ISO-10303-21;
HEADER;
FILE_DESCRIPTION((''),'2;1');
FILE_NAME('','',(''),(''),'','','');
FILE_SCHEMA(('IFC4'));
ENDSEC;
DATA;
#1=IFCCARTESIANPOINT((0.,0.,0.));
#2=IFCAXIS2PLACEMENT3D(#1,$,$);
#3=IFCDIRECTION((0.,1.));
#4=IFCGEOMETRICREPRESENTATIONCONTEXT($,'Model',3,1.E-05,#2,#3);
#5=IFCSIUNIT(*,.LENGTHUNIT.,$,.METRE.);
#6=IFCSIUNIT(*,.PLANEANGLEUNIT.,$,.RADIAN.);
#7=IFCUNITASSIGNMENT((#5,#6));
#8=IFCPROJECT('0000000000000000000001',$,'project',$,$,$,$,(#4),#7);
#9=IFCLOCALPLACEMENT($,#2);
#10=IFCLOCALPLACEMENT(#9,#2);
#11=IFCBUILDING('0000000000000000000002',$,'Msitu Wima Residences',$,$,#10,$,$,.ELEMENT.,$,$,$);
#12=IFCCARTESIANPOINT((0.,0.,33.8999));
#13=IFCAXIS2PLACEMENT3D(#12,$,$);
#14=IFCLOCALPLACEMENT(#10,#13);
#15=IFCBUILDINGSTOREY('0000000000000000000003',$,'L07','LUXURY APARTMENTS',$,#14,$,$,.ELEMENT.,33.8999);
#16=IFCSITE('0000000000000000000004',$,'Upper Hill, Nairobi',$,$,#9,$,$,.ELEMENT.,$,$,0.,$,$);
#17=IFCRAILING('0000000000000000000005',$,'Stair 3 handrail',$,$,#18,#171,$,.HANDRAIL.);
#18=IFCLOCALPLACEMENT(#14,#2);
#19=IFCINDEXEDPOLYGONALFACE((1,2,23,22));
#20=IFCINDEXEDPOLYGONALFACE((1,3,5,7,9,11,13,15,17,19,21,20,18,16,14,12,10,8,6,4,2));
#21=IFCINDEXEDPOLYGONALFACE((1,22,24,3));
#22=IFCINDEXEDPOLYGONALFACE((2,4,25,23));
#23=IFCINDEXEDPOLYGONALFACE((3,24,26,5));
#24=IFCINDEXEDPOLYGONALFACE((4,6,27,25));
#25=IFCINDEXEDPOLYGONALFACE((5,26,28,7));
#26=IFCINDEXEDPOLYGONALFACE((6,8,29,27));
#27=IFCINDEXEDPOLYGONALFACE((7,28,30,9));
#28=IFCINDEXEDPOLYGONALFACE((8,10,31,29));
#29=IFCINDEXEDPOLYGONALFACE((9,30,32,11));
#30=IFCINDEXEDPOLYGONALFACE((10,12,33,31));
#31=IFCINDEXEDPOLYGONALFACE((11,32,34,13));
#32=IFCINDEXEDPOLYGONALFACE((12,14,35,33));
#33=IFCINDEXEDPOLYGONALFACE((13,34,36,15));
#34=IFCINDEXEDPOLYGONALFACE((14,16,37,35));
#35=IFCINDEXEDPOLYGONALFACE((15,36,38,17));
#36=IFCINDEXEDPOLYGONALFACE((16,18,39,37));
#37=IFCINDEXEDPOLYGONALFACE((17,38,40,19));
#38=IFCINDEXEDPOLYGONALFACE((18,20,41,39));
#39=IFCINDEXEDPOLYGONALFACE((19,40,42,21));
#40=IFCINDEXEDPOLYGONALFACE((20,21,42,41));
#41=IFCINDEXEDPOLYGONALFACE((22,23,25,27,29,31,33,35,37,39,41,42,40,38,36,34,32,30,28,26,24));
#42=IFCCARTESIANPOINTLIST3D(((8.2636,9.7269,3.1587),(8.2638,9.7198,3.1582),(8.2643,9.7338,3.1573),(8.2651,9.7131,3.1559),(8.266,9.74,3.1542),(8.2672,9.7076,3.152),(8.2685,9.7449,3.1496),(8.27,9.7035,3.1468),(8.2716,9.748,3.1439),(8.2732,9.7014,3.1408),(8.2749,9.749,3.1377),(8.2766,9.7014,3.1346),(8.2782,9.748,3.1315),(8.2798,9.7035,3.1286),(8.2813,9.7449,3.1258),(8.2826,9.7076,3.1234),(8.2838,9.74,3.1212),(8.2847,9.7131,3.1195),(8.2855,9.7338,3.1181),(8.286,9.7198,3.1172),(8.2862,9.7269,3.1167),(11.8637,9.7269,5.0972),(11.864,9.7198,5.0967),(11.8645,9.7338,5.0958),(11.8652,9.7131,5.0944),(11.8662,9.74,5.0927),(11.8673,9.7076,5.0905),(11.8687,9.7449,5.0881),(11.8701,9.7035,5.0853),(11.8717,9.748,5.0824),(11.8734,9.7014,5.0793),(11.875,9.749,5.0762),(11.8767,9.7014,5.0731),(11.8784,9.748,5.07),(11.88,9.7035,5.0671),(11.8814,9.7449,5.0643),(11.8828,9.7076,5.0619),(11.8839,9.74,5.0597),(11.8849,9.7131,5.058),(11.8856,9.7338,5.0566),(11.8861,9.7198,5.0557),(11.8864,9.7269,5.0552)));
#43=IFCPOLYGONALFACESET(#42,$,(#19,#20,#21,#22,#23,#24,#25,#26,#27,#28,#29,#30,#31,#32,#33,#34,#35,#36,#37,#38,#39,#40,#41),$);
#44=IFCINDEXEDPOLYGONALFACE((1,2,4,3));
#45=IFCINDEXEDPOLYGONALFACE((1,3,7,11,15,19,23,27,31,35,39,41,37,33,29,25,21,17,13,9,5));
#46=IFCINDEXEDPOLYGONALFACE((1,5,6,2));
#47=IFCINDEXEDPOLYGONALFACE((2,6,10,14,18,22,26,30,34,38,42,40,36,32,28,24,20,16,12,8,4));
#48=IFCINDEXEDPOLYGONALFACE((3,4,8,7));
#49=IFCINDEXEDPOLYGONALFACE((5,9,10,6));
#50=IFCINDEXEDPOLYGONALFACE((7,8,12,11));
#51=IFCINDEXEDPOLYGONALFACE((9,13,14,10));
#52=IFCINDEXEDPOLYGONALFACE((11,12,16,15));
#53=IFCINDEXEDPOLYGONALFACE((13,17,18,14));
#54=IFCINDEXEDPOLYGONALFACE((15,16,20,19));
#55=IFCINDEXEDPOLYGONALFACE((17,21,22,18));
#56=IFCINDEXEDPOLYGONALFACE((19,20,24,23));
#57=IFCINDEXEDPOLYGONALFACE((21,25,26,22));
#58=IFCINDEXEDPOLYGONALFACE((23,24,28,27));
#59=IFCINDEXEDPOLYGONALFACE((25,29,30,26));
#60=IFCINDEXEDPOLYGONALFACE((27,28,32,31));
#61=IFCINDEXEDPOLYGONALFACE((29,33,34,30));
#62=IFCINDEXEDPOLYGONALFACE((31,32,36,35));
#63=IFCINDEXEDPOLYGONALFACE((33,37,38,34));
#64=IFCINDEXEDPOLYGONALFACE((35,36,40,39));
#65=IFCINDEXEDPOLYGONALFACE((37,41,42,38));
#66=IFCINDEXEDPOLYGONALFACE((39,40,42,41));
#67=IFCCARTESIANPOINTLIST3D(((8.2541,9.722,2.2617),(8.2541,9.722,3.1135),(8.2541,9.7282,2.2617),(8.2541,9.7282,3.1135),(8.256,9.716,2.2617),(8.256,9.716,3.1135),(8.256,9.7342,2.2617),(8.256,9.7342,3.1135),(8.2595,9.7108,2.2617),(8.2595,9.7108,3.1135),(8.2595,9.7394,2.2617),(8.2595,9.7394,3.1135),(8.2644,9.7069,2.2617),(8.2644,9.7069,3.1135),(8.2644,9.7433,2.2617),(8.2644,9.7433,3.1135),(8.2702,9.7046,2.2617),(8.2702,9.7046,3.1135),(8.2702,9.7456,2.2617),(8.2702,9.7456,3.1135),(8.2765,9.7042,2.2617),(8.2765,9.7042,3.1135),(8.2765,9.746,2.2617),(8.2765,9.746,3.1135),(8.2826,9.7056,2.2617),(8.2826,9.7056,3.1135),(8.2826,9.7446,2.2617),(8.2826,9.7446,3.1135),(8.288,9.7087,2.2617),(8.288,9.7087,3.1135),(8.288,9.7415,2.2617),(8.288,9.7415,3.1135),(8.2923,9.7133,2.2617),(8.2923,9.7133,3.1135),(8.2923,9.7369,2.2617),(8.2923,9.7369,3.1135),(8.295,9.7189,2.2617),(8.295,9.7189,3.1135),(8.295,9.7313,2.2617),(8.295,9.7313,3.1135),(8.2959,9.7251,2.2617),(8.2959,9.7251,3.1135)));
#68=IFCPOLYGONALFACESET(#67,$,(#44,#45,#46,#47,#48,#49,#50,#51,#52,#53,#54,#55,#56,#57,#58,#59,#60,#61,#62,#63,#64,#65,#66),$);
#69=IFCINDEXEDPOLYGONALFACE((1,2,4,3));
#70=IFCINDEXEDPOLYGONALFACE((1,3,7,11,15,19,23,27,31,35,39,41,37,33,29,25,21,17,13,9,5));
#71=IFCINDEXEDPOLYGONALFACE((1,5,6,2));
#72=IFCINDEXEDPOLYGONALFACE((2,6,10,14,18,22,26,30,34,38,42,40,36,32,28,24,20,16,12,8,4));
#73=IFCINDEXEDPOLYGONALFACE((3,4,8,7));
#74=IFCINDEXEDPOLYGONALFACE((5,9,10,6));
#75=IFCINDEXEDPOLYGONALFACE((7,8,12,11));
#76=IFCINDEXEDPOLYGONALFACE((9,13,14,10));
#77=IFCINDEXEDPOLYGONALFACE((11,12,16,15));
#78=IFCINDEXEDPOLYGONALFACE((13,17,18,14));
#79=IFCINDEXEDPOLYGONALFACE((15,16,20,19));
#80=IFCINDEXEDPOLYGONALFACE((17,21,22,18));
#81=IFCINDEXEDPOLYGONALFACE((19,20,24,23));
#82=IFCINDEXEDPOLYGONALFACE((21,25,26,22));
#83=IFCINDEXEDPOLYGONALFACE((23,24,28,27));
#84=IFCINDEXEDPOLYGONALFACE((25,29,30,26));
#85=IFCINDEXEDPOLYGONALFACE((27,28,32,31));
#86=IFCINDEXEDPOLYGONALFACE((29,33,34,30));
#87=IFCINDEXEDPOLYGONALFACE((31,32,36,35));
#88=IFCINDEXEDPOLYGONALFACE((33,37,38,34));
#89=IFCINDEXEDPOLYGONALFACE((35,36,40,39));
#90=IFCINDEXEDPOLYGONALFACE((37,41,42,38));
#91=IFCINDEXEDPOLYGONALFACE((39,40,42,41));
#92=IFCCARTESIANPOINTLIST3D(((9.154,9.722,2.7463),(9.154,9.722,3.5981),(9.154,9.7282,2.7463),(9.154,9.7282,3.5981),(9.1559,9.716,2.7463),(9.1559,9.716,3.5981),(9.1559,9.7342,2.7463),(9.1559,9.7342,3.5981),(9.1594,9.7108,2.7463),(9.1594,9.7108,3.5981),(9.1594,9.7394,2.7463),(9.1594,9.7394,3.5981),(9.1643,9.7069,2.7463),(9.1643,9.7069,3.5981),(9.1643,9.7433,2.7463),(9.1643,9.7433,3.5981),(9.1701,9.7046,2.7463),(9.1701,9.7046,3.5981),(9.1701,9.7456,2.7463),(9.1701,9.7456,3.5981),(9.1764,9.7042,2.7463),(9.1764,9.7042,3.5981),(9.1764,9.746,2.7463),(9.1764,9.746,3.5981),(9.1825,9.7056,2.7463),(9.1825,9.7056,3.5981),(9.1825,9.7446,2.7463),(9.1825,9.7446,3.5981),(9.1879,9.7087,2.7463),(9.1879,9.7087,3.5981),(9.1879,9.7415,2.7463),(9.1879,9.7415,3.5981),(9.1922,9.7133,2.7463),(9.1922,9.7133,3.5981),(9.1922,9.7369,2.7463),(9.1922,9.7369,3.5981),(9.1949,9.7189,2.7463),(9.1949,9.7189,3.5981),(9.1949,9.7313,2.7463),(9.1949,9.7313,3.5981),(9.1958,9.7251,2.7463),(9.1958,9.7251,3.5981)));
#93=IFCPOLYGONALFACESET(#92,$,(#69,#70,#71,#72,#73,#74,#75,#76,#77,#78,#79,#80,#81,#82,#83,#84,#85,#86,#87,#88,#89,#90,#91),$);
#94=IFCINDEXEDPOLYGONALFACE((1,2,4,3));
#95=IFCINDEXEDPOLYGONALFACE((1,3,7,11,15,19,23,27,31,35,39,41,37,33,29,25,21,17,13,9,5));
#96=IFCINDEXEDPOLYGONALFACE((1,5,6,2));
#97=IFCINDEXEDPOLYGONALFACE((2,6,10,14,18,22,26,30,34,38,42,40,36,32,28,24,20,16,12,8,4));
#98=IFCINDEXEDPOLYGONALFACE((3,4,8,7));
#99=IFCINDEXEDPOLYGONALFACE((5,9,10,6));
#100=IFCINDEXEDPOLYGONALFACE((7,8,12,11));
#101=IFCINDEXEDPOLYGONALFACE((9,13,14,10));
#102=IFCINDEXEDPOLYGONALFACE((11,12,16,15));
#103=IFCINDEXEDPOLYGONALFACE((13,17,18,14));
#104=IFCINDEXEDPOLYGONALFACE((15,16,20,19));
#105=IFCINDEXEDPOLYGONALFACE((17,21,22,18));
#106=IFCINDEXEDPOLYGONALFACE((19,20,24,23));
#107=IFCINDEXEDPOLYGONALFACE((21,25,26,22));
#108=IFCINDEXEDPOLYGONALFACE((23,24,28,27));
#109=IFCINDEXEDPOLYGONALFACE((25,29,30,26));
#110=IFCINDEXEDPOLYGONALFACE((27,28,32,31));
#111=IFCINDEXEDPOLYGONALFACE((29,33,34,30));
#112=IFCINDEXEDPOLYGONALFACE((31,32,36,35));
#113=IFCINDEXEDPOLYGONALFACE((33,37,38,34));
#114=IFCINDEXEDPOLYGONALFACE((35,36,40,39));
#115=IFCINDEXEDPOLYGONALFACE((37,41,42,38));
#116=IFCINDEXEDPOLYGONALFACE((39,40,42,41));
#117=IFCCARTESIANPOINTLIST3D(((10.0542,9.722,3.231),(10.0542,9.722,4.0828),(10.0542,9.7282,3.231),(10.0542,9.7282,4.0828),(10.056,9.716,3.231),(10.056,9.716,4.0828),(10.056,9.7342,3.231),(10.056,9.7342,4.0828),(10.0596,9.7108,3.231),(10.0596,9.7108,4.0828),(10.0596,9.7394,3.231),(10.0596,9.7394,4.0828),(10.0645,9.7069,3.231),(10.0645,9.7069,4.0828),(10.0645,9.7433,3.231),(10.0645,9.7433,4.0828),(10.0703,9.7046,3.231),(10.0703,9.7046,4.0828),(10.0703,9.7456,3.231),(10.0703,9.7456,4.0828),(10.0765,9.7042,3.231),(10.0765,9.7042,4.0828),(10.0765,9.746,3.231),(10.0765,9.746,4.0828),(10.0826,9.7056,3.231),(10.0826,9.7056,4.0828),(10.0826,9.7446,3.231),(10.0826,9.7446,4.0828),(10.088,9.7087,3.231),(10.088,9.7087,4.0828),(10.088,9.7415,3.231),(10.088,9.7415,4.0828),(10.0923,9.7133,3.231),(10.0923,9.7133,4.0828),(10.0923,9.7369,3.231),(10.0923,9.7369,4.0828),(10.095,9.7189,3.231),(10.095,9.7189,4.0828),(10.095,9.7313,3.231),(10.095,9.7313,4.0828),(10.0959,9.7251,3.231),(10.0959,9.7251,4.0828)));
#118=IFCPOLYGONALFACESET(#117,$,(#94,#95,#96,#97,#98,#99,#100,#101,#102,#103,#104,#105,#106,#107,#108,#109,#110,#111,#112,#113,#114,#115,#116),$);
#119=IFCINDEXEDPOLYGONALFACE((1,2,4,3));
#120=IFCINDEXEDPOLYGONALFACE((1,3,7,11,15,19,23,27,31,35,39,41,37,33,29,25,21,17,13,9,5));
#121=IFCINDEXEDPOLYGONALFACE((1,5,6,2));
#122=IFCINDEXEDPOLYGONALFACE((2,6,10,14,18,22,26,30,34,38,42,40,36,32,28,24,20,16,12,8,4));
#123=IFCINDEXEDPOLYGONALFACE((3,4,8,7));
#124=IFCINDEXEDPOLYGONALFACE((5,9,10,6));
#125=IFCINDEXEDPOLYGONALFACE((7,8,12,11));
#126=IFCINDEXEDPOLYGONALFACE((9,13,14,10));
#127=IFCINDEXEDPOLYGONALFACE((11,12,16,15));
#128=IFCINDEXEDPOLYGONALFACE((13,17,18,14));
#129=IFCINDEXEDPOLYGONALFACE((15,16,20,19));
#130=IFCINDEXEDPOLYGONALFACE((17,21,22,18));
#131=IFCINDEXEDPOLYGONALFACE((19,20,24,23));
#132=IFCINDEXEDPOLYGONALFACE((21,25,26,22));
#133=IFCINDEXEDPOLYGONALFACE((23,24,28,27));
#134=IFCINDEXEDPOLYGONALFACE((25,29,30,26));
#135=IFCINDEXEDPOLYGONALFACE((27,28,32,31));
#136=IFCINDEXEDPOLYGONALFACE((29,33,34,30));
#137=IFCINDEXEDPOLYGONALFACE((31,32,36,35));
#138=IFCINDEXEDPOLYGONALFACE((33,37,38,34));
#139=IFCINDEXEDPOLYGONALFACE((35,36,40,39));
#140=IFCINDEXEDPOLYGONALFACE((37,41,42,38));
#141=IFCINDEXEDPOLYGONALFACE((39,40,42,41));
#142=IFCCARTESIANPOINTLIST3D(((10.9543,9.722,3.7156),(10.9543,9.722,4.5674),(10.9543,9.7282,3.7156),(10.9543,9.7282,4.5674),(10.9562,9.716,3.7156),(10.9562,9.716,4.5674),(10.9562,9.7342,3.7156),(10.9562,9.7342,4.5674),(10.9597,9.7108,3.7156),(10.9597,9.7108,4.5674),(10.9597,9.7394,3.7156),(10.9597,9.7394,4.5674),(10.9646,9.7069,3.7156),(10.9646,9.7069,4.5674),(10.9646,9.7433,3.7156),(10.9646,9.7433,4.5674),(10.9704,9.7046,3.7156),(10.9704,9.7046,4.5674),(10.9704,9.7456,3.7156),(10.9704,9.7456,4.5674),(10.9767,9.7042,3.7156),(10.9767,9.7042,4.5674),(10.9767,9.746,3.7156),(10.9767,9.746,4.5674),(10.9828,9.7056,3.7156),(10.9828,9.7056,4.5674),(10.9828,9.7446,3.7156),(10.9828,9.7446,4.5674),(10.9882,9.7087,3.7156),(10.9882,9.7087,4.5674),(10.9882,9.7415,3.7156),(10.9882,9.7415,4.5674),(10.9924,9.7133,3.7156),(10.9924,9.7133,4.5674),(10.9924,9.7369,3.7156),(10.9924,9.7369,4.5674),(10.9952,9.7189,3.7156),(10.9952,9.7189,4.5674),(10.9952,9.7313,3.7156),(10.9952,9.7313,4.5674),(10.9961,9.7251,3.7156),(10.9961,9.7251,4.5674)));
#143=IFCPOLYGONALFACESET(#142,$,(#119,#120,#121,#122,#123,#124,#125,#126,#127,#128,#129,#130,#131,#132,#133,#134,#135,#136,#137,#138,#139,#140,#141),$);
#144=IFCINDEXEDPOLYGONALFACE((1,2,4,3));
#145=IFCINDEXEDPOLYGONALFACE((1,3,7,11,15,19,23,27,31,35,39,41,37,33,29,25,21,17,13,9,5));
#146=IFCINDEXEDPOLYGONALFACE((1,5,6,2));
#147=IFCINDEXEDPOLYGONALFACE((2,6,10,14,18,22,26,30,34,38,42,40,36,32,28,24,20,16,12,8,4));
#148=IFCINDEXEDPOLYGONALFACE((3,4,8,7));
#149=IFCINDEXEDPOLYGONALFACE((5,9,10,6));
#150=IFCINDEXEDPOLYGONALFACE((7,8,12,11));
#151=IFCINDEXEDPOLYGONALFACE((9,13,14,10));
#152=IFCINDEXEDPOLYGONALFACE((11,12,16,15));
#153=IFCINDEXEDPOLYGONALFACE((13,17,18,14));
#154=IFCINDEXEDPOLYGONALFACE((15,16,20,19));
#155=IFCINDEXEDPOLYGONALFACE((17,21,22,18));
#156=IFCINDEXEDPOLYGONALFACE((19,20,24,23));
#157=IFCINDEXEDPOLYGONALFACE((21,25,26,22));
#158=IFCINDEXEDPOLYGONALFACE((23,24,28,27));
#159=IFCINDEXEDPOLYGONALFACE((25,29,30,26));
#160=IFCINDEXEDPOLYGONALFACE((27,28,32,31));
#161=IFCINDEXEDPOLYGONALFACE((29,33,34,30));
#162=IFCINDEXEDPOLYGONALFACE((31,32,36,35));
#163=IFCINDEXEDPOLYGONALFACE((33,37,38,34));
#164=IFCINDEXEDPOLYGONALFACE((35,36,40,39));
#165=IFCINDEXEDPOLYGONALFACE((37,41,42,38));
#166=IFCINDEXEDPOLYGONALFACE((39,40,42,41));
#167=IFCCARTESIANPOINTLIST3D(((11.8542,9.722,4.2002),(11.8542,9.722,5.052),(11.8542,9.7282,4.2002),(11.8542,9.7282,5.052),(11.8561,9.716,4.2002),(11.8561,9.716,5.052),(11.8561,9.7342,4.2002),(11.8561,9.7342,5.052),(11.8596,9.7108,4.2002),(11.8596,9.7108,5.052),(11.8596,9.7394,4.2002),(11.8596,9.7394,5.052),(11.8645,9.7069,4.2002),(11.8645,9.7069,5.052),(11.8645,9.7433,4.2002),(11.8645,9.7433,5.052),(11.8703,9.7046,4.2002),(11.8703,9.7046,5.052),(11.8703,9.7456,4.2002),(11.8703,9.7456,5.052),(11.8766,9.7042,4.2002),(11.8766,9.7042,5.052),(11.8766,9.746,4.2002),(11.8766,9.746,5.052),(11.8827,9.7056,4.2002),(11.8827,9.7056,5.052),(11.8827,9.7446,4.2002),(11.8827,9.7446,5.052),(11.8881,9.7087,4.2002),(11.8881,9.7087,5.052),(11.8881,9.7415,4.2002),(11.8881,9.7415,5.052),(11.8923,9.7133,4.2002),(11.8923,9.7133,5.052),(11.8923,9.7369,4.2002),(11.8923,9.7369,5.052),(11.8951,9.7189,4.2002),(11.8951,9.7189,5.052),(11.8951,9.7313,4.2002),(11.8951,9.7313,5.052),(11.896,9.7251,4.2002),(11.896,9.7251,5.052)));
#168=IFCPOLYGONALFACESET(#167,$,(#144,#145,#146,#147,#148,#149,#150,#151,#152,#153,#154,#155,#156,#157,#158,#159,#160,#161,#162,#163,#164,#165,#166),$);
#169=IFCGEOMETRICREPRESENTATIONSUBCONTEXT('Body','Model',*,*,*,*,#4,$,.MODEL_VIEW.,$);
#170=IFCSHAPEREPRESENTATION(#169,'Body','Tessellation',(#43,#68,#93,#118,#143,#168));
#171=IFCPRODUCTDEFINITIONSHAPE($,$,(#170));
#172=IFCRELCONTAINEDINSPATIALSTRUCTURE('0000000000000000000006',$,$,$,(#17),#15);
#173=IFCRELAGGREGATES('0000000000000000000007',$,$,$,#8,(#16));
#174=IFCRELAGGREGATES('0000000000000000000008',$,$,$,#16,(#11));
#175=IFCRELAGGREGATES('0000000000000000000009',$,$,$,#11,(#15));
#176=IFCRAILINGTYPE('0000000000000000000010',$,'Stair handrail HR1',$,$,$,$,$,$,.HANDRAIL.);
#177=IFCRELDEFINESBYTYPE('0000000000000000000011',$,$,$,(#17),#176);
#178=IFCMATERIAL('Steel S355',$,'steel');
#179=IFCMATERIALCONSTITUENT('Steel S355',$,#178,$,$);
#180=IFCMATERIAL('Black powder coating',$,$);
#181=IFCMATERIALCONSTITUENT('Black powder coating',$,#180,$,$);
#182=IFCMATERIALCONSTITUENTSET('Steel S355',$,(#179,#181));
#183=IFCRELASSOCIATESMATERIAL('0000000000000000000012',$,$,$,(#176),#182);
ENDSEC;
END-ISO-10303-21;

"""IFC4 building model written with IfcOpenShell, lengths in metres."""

from ifc_helpers import new_model, si_unit, direction, frame, origin, origin_2d, place, context, subcontext, project, spatial, circle, extrude, material, constituent, constituent_set, type_object, element, save


model = new_model("IFC4")

# Units and contexts
model_context = context("Model", 3, precision=1e-05, world=origin(), true_north=direction((0.0, 1.0)))
body_context = subcontext(model_context, "Body", "Model", "MODEL_VIEW")
ifc_project = project(units=[si_unit("LENGTHUNIT", "METRE"), si_unit("PLANEANGLEUNIT", "RADIAN")], contexts=[model_context])

# Site, building, storey
site_placement = place(None, origin())
site = spatial("IfcSite", under=ifc_project, at=site_placement, Name="Upper Hill, Nairobi", CompositionType="ELEMENT", RefElevation=0.0)
building_placement = place(site_placement, origin())
building = spatial("IfcBuilding", under=site, at=building_placement, Name="Msitu Wima Residences", CompositionType="ELEMENT")
storey_placement = place(building_placement, frame((0.0, 0.0, 33.8999)))
storey = spatial("IfcBuildingStorey", under=building, at=storey_placement, Name="L07", Description="LUXURY APARTMENTS", CompositionType="ELEMENT", Elevation=33.8999)

# Railing
ifc_material_1 = material(Name="Steel S355", Category="steel")
ifc_constituent_1 = constituent(ifc_material_1, Name="Steel S355")
ifc_material_2 = material(Name="Black powder coating")
ifc_constituent_2 = constituent(ifc_material_2, Name="Black powder coating")
ifc_constituent_set = constituent_set(constituents=[ifc_constituent_1, ifc_constituent_2], Name="Steel S355")
railing_type = type_object("IfcRailingType", Name="Stair handrail HR1", PredefinedType="HANDRAIL", material=ifc_constituent_set)
railing_placement = place(storey_placement, frame((8.2749, 9.7251, 2.2617)))
element("IfcRailing", 1, at=railing_placement, inside=storey, type_object=railing_type, Name="Stair 3 handrail", PredefinedType="HANDRAIL", context=body_context, shape_type="SweptSolid", body=[
    extrude(circle(Radius=0.0239, at=origin_2d()), frame((0.0, 0.0, 0.876), z_axis=(0.880475, 0.0, 0.474093), x_axis=(0.0, 1.0, 0.0)), (0.0, 0.0, 1.0), 4.0889),
    extrude(circle(Radius=0.021, at=origin_2d()), origin(), (0.0, 0.0, 1.0), 0.8518),
    extrude(circle(Radius=0.021, at=origin_2d()), frame((0.8999, 0.0, 0.4846)), (0.0, 0.0, 1.0), 0.8518),
    extrude(circle(Radius=0.021, at=origin_2d()), frame((1.8, 0.0, 0.9692)), (0.0, 0.0, 1.0), 0.8518),
    extrude(circle(Radius=0.021, at=origin_2d()), frame((2.7002, 0.0, 1.4539)), (0.0, 0.0, 1.0), 0.8518),
    extrude(circle(Radius=0.021, at=origin_2d()), frame((3.6001, 0.0, 1.9385)), (0.0, 0.0, 1.0), 0.8518),
])

save(model, "model.ifc")
